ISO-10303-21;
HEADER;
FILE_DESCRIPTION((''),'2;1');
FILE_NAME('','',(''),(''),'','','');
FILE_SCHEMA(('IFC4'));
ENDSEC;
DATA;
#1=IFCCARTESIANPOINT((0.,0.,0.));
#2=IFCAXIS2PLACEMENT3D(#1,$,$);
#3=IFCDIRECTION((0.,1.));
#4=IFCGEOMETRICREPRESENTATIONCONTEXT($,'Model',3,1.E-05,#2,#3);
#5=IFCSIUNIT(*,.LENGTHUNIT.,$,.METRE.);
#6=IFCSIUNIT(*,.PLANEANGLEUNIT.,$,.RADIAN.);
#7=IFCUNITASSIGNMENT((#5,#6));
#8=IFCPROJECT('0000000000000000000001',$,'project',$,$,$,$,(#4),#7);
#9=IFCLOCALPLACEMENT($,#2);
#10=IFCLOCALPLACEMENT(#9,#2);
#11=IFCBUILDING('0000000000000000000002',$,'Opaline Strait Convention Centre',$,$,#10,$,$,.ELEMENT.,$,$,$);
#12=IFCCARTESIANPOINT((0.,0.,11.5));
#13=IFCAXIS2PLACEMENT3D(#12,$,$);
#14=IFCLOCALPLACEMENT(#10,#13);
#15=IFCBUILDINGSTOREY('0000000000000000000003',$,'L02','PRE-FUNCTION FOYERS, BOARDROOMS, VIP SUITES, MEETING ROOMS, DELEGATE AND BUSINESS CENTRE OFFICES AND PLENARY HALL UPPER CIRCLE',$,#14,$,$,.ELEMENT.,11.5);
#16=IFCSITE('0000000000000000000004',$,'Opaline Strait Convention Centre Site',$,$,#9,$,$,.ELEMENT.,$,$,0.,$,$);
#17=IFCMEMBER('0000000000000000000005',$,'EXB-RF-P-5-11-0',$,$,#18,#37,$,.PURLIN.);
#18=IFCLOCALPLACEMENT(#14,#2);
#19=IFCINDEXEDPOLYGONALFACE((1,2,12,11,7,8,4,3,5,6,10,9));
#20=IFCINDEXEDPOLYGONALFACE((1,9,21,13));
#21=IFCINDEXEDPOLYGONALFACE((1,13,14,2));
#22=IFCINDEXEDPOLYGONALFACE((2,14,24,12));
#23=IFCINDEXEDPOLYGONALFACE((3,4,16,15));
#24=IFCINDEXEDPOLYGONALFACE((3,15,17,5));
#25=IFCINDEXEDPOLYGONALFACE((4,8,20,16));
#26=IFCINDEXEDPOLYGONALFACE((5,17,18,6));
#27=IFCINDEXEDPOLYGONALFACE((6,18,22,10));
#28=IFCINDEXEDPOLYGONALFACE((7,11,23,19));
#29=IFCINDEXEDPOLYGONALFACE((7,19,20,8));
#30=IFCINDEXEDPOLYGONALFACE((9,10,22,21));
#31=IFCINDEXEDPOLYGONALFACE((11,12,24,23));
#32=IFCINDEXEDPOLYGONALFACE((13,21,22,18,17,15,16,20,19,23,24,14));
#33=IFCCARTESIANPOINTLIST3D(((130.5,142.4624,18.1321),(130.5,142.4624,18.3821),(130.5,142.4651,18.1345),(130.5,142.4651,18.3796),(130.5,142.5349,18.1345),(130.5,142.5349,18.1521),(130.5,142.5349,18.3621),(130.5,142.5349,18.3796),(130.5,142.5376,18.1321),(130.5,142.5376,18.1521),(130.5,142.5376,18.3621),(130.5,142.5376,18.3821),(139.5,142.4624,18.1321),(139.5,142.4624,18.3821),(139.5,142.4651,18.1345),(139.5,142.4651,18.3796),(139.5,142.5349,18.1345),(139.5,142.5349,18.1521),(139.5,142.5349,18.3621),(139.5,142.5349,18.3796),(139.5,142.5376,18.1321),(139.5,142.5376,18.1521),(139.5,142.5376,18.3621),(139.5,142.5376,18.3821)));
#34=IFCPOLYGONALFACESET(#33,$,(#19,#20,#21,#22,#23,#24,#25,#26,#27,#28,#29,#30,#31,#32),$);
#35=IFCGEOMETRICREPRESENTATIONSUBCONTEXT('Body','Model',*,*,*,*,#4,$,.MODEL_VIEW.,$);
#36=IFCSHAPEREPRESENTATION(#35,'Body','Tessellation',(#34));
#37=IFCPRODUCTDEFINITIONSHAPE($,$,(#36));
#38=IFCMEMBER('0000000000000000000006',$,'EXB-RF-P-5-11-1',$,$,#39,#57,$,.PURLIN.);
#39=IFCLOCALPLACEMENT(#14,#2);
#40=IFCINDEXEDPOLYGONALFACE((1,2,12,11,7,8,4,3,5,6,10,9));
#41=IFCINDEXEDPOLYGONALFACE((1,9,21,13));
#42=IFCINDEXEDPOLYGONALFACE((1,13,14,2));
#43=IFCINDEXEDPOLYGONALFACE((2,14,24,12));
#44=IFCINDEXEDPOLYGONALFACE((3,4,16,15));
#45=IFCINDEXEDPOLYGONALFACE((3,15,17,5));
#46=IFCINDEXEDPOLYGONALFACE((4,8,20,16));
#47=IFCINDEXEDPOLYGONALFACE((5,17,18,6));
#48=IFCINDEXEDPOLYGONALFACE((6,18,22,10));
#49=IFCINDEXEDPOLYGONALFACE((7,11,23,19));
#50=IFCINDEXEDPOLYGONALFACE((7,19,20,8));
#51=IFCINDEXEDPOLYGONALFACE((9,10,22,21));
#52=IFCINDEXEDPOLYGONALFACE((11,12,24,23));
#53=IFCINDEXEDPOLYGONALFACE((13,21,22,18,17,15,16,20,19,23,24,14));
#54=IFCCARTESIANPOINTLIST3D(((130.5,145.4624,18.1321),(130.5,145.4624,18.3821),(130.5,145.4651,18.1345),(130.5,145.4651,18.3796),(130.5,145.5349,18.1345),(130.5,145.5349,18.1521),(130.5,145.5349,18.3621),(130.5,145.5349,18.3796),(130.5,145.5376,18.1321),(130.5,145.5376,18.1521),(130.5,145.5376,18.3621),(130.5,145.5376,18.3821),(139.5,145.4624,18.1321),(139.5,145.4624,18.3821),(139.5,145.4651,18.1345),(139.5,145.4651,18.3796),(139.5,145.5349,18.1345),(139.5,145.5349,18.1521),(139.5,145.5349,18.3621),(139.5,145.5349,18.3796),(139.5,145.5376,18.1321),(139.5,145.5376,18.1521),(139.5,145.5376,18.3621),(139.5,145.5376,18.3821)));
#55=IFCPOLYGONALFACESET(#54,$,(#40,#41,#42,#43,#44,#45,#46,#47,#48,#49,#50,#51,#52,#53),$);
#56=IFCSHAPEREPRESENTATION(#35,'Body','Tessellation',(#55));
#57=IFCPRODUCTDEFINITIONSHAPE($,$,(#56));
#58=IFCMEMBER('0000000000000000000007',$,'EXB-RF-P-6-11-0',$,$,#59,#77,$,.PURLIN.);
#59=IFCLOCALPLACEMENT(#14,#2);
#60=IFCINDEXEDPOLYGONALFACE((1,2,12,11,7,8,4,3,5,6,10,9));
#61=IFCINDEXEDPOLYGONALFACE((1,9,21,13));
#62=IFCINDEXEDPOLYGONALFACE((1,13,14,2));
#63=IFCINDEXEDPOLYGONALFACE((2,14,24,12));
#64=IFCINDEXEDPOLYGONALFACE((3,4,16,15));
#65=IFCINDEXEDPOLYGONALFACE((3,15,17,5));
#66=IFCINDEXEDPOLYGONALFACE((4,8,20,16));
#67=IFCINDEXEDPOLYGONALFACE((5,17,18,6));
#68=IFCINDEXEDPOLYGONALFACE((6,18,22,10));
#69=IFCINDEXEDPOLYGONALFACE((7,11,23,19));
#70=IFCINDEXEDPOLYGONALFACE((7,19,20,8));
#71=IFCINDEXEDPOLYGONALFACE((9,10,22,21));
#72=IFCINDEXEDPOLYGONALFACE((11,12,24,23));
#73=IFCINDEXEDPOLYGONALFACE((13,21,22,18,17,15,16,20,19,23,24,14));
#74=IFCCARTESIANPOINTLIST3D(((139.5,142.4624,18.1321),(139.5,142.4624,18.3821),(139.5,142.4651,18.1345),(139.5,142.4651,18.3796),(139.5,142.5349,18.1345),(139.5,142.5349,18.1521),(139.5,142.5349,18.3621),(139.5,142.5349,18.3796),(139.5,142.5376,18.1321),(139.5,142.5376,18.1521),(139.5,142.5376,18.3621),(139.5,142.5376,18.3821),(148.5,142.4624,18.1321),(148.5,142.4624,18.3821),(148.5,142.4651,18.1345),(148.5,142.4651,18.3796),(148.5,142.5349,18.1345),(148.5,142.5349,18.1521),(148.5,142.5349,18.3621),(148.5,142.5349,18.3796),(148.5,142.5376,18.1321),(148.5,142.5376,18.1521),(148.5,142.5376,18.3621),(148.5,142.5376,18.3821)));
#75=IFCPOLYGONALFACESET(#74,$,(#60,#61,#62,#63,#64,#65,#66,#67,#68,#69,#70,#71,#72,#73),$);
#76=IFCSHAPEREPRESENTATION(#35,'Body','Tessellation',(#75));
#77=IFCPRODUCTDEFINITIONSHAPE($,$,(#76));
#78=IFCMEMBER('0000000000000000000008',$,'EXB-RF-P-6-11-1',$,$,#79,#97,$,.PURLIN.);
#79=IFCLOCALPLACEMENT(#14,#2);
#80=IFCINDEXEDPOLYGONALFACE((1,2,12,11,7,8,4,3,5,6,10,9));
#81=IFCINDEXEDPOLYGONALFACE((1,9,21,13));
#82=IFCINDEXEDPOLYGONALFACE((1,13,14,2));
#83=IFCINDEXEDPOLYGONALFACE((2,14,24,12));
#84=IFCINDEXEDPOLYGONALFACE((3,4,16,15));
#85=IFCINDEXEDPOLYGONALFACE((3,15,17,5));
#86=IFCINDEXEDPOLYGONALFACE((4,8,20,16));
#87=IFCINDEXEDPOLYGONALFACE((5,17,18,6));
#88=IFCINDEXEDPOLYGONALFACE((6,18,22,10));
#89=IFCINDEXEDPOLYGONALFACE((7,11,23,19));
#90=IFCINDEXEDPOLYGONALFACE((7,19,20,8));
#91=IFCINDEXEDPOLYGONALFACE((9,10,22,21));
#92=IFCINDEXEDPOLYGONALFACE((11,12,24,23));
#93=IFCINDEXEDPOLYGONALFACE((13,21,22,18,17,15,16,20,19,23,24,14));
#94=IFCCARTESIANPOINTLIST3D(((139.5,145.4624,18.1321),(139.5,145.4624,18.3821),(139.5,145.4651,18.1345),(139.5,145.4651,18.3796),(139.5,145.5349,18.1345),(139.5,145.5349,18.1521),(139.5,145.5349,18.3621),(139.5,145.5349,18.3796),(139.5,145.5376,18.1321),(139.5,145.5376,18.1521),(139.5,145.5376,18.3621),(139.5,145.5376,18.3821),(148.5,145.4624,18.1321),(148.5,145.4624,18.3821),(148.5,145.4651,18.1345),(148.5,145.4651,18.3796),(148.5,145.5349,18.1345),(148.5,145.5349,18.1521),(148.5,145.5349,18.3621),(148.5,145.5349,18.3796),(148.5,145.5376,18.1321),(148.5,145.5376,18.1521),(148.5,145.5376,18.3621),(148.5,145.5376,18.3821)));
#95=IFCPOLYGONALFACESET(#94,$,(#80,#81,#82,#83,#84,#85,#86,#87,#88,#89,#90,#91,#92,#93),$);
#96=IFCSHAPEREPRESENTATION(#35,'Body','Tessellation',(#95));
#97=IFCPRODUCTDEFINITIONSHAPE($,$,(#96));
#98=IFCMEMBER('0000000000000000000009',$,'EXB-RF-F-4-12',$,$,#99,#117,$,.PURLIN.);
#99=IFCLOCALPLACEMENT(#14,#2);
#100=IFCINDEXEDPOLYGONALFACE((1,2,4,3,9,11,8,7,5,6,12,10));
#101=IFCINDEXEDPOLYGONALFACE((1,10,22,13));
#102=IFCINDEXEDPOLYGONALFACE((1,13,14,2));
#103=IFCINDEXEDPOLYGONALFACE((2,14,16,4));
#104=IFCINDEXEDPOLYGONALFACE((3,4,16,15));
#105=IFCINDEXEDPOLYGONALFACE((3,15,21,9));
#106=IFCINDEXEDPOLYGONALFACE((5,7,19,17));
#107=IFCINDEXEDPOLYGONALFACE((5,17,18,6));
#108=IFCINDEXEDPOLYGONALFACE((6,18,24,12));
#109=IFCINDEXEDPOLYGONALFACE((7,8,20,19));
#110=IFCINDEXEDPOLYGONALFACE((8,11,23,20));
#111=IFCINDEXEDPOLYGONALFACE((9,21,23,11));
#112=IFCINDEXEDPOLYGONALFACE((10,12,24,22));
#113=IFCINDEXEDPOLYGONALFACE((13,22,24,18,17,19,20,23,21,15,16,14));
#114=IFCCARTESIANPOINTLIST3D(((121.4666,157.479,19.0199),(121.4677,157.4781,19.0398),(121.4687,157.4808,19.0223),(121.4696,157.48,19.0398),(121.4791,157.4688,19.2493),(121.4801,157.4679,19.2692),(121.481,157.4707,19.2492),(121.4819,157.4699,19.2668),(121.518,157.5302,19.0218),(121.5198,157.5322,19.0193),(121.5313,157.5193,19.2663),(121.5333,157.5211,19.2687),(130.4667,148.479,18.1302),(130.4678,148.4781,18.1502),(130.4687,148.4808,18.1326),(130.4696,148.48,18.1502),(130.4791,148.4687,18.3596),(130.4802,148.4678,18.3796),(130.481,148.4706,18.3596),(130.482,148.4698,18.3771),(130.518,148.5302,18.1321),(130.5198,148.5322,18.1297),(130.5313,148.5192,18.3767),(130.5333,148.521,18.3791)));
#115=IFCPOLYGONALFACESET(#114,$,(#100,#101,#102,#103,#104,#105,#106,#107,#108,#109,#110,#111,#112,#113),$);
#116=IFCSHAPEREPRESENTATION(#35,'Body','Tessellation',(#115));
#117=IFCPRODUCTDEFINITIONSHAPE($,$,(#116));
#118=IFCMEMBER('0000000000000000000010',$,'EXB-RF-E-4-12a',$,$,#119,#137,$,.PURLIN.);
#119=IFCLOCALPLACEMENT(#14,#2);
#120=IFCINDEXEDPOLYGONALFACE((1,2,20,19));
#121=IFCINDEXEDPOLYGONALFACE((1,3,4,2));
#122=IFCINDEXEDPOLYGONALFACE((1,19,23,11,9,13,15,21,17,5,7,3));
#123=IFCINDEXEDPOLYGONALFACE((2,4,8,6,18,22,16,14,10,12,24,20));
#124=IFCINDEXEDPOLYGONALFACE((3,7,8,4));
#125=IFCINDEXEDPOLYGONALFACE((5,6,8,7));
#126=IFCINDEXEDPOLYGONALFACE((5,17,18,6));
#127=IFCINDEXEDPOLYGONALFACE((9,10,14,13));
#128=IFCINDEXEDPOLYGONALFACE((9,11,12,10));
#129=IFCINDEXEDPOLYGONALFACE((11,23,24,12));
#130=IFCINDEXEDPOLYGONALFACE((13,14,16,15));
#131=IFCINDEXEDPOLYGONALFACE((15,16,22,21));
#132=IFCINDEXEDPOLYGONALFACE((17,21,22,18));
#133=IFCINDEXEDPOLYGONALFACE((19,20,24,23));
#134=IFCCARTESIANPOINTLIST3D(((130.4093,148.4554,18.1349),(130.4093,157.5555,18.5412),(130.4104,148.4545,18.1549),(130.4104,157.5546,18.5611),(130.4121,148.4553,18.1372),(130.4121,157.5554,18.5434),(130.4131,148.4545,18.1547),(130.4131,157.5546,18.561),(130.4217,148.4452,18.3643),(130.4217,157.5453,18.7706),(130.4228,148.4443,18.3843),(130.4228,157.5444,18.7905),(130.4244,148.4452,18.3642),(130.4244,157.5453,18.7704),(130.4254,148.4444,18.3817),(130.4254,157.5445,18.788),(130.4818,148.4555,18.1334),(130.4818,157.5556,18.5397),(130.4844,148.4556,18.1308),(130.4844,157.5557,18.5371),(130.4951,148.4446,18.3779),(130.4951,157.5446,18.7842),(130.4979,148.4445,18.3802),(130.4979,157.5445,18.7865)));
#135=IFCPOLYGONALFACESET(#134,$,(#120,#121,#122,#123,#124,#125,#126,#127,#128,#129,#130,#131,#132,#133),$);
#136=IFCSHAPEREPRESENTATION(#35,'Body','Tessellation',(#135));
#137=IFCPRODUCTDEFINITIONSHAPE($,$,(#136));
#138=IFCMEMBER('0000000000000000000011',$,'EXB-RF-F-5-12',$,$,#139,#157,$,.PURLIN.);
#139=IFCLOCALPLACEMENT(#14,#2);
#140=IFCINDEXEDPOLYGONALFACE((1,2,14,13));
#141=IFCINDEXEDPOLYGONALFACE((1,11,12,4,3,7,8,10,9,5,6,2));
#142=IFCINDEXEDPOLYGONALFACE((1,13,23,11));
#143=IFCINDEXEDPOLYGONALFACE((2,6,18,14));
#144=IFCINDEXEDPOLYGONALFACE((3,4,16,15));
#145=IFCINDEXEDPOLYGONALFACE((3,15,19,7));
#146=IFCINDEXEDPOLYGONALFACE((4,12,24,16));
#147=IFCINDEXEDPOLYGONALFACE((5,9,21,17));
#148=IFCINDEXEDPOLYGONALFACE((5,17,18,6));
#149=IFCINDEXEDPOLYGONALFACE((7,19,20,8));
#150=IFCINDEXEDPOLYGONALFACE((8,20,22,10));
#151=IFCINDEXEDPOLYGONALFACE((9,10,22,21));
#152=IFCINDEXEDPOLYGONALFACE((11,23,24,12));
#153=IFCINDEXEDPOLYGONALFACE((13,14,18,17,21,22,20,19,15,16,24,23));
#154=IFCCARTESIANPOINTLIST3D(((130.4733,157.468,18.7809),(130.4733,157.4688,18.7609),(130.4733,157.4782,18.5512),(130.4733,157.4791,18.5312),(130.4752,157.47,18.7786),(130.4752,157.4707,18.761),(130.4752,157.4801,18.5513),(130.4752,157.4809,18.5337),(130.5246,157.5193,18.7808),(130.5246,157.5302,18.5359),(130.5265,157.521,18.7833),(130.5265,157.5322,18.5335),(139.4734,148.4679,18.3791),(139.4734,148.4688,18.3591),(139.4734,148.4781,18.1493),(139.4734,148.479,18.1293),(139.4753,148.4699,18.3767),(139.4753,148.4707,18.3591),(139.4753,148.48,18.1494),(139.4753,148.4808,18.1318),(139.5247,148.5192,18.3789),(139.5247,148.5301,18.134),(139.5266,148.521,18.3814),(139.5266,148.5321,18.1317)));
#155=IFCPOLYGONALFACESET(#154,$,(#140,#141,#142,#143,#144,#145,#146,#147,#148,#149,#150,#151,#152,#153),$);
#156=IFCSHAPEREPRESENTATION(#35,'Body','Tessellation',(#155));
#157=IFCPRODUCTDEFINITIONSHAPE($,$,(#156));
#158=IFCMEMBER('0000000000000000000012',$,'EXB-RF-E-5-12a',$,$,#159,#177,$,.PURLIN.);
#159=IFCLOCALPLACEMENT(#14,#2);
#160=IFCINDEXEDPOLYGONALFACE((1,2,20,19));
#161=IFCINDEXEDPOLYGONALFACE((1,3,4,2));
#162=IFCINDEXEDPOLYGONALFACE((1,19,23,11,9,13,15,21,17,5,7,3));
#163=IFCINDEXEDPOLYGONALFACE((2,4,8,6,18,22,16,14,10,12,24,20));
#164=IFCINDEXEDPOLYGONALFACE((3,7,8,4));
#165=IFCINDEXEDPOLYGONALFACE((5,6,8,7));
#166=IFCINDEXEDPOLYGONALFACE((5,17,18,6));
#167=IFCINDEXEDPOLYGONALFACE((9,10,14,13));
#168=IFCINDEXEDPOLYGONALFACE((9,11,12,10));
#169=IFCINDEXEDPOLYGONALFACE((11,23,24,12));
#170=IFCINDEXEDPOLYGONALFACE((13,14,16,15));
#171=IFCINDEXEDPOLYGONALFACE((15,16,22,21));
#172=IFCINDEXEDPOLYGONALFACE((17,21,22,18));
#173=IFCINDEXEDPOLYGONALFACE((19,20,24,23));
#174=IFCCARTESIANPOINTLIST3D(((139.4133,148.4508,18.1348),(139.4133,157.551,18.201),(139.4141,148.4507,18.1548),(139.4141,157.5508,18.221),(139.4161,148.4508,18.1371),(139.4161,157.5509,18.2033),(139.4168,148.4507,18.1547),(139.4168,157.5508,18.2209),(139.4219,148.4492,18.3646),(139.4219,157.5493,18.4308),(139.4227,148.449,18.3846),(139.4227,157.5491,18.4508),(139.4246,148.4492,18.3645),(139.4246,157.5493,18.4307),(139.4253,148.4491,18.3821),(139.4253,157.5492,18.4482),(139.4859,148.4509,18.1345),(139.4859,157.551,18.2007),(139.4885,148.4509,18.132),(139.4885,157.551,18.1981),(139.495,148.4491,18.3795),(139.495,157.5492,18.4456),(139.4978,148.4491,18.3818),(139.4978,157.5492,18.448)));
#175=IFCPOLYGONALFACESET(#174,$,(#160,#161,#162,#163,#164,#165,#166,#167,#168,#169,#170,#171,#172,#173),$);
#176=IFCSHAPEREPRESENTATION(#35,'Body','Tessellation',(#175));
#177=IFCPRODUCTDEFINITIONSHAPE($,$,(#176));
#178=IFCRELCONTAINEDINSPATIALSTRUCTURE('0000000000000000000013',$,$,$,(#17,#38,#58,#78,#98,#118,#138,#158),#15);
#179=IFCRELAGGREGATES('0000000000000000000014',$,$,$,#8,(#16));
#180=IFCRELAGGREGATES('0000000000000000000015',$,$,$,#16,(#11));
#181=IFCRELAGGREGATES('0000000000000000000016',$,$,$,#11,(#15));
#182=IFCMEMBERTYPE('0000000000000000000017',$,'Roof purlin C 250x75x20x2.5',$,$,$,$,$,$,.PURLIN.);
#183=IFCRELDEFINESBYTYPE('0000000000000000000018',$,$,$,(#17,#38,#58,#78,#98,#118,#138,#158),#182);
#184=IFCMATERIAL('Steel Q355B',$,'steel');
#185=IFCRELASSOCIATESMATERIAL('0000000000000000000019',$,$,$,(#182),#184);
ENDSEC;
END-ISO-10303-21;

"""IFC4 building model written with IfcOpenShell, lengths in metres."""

from ifc_helpers import new_model, si_unit, direction, frame, origin, place, context, subcontext, project, spatial, polyline, outline, extrude, material, material_profile, profile_set, type_object, element, save


model = new_model("IFC4")

# Units and contexts
model_context = context("Model", 3, precision=1e-05, world=origin(), true_north=direction((0.0, 1.0)))
body_context = subcontext(model_context, "Body", "Model", "MODEL_VIEW")
ifc_project = project(units=[si_unit("LENGTHUNIT", "METRE"), si_unit("PLANEANGLEUNIT", "RADIAN")], contexts=[model_context])

# Site, building, storey
site_placement = place(None, origin())
site = spatial("IfcSite", under=ifc_project, at=site_placement, Name="Opaline Strait Convention Centre Site", CompositionType="ELEMENT", RefElevation=0.0)
building_placement = place(site_placement, origin())
building = spatial("IfcBuilding", under=site, at=building_placement, Name="Opaline Strait Convention Centre", CompositionType="ELEMENT")
storey_placement = place(building_placement, frame((0.0, 0.0, 11.5)))
storey = spatial("IfcBuildingStorey", under=building, at=storey_placement, Name="L02", Description="PRE-FUNCTION FOYERS, BOARDROOMS, VIP SUITES, MEETING ROOMS, DELEGATE AND BUSINESS CENTRE OFFICES AND PLENARY HALL UPPER CIRCLE", CompositionType="ELEMENT", Elevation=11.5)

# Members
ifc_material_1 = material(Name="Steel Q355B", Category="steel")
ifc_material_profile_1 = material_profile(ifc_material_1, outline(polyline([(-0.0376, -0.125), (0.0376, -0.125), (0.0376, -0.105), (0.0349, -0.105), (0.0349, -0.1226), (-0.0349, -0.1226), (-0.0349, 0.1226), (0.0349, 0.1226), (0.0349, 0.105), (0.0376, 0.105), (0.0376, 0.125), (-0.0376, 0.125), (-0.0376, -0.125)])), Name="C 250x75x20x2.5")
ifc_profile_set_1 = profile_set([ifc_material_profile_1], Name="Steel Q355B")
member_type_1 = type_object("IfcMemberType", Name="Roof purlin C 250x75x20x2.5", PredefinedType="PURLIN", material=ifc_profile_set_1)
for number, where, z_axis, x_axis, name in (
    (1, (130.5, 142.5, 18.2571), (1.0, 0.0, 0.0), (0.0, 1.0, 0.0), "EXB-RF-P-5-11-0"),
    (2, (130.5, 145.5, 18.2571), (1.0, 0.0, 0.0), (0.0, 1.0, 0.0), "EXB-RF-P-5-11-1"),
    (3, (139.5, 142.5, 18.2571), (1.0, 0.0, 0.0), (0.0, 1.0, 0.0), "EXB-RF-P-6-11-0"),
    (4, (139.5, 145.5, 18.2571), (1.0, 0.0, 0.0), (0.0, 1.0, 0.0), "EXB-RF-P-6-11-1"),
):
    element("IfcMember", number, at=place(storey_placement, frame(where, z_axis=z_axis, x_axis=x_axis)), inside=storey, type_object=member_type_1, Name=name, PredefinedType="PURLIN", context=body_context, shape_type="SweptSolid", body=[
        extrude(outline(polyline([(-0.0376, -0.125), (0.0376, -0.125), (0.0376, -0.105), (0.0349, -0.105), (0.0349, -0.1226), (-0.0349, -0.1226), (-0.0349, 0.1226), (0.0349, 0.1226), (0.0349, 0.105), (0.0376, 0.105), (0.0376, 0.125), (-0.0376, 0.125), (-0.0376, -0.125)])), origin(), (0.0, 0.0, 1.0), 9.0),
    ])
member_1_placement = place(storey_placement, frame((130.5, 148.5, 18.2546), z_axis=(-0.705386, 0.705386, 0.069727), x_axis=(-0.706758, -0.707423, 0.006724)))
element("IfcMember", 5, at=member_1_placement, inside=storey, type_object=member_type_1, Name="EXB-RF-F-4-12", PredefinedType="PURLIN", context=body_context, shape_type="SweptSolid", body=[
    extrude(outline(polyline([(-0.0376, -0.125), (0.0376, -0.125), (0.0376, -0.105), (0.0349, -0.105), (0.0349, -0.1226), (-0.0349, -0.1226), (-0.0349, 0.1226), (0.0349, 0.1226), (0.0349, 0.105), (0.0376, 0.105), (0.0376, 0.125), (-0.0376, 0.125), (-0.0376, -0.125)])), origin(), (0.0, 0.0, 1.0), 12.759),
])
member_2_placement = place(storey_placement, frame((130.4536, 148.45, 18.2576), z_axis=(0.0, 0.999005, 0.044598), x_axis=(-0.998537, -0.002412, 0.05402)))
element("IfcMember", 6, at=member_2_placement, inside=storey, type_object=member_type_1, Name="EXB-RF-E-4-12a", PredefinedType="PURLIN", context=body_context, shape_type="SweptSolid", body=[
    extrude(outline(polyline([(-0.0376, -0.125), (0.0376, -0.125), (0.0376, -0.105), (0.0349, -0.105), (0.0349, -0.1226), (-0.0349, -0.1226), (-0.0349, 0.1226), (0.0349, 0.1226), (0.0349, 0.105), (0.0376, 0.105), (0.0376, 0.125), (-0.0376, 0.125), (-0.0376, -0.125)])), origin(), (0.0, 0.0, 1.0), 9.1091),
])
member_3_placement = place(storey_placement, frame((139.5, 148.5, 18.2554), z_axis=(-0.706755, 0.706755, 0.031557), x_axis=(-0.707459, -0.706051, -0.031526)))
element("IfcMember", 7, at=member_3_placement, inside=storey, type_object=member_type_1, Name="EXB-RF-F-5-12", PredefinedType="PURLIN", context=body_context, shape_type="SweptSolid", body=[
    extrude(outline(polyline([(-0.0376, -0.125), (0.0376, -0.125), (0.0376, -0.105), (0.0349, -0.105), (0.0349, -0.1226), (-0.0349, -0.1226), (-0.0349, 0.1226), (0.0349, 0.1226), (0.0349, 0.105), (0.0376, 0.105), (0.0376, 0.125), (-0.0376, 0.125), (-0.0376, -0.125)])), origin(), (0.0, 0.0, 1.0), 12.7344),
])
member_4_placement = place(storey_placement, frame((139.4556, 148.45, 18.2583), z_axis=(0.0, 0.999974, 0.00727), x_axis=(-0.999302, -0.000272, 0.037349)))
element("IfcMember", 8, at=member_4_placement, inside=storey, type_object=member_type_1, Name="EXB-RF-E-5-12a", PredefinedType="PURLIN", context=body_context, shape_type="SweptSolid", body=[
    extrude(outline(polyline([(-0.0376, -0.125), (0.0376, -0.125), (0.0376, -0.105), (0.0349, -0.105), (0.0349, -0.1226), (-0.0349, -0.1226), (-0.0349, 0.1226), (0.0349, 0.1226), (0.0349, 0.105), (0.0376, 0.105), (0.0376, 0.125), (-0.0376, 0.125), (-0.0376, -0.125)])), origin(), (0.0, 0.0, 1.0), 9.1003),
])

save(model, "model.ifc")
